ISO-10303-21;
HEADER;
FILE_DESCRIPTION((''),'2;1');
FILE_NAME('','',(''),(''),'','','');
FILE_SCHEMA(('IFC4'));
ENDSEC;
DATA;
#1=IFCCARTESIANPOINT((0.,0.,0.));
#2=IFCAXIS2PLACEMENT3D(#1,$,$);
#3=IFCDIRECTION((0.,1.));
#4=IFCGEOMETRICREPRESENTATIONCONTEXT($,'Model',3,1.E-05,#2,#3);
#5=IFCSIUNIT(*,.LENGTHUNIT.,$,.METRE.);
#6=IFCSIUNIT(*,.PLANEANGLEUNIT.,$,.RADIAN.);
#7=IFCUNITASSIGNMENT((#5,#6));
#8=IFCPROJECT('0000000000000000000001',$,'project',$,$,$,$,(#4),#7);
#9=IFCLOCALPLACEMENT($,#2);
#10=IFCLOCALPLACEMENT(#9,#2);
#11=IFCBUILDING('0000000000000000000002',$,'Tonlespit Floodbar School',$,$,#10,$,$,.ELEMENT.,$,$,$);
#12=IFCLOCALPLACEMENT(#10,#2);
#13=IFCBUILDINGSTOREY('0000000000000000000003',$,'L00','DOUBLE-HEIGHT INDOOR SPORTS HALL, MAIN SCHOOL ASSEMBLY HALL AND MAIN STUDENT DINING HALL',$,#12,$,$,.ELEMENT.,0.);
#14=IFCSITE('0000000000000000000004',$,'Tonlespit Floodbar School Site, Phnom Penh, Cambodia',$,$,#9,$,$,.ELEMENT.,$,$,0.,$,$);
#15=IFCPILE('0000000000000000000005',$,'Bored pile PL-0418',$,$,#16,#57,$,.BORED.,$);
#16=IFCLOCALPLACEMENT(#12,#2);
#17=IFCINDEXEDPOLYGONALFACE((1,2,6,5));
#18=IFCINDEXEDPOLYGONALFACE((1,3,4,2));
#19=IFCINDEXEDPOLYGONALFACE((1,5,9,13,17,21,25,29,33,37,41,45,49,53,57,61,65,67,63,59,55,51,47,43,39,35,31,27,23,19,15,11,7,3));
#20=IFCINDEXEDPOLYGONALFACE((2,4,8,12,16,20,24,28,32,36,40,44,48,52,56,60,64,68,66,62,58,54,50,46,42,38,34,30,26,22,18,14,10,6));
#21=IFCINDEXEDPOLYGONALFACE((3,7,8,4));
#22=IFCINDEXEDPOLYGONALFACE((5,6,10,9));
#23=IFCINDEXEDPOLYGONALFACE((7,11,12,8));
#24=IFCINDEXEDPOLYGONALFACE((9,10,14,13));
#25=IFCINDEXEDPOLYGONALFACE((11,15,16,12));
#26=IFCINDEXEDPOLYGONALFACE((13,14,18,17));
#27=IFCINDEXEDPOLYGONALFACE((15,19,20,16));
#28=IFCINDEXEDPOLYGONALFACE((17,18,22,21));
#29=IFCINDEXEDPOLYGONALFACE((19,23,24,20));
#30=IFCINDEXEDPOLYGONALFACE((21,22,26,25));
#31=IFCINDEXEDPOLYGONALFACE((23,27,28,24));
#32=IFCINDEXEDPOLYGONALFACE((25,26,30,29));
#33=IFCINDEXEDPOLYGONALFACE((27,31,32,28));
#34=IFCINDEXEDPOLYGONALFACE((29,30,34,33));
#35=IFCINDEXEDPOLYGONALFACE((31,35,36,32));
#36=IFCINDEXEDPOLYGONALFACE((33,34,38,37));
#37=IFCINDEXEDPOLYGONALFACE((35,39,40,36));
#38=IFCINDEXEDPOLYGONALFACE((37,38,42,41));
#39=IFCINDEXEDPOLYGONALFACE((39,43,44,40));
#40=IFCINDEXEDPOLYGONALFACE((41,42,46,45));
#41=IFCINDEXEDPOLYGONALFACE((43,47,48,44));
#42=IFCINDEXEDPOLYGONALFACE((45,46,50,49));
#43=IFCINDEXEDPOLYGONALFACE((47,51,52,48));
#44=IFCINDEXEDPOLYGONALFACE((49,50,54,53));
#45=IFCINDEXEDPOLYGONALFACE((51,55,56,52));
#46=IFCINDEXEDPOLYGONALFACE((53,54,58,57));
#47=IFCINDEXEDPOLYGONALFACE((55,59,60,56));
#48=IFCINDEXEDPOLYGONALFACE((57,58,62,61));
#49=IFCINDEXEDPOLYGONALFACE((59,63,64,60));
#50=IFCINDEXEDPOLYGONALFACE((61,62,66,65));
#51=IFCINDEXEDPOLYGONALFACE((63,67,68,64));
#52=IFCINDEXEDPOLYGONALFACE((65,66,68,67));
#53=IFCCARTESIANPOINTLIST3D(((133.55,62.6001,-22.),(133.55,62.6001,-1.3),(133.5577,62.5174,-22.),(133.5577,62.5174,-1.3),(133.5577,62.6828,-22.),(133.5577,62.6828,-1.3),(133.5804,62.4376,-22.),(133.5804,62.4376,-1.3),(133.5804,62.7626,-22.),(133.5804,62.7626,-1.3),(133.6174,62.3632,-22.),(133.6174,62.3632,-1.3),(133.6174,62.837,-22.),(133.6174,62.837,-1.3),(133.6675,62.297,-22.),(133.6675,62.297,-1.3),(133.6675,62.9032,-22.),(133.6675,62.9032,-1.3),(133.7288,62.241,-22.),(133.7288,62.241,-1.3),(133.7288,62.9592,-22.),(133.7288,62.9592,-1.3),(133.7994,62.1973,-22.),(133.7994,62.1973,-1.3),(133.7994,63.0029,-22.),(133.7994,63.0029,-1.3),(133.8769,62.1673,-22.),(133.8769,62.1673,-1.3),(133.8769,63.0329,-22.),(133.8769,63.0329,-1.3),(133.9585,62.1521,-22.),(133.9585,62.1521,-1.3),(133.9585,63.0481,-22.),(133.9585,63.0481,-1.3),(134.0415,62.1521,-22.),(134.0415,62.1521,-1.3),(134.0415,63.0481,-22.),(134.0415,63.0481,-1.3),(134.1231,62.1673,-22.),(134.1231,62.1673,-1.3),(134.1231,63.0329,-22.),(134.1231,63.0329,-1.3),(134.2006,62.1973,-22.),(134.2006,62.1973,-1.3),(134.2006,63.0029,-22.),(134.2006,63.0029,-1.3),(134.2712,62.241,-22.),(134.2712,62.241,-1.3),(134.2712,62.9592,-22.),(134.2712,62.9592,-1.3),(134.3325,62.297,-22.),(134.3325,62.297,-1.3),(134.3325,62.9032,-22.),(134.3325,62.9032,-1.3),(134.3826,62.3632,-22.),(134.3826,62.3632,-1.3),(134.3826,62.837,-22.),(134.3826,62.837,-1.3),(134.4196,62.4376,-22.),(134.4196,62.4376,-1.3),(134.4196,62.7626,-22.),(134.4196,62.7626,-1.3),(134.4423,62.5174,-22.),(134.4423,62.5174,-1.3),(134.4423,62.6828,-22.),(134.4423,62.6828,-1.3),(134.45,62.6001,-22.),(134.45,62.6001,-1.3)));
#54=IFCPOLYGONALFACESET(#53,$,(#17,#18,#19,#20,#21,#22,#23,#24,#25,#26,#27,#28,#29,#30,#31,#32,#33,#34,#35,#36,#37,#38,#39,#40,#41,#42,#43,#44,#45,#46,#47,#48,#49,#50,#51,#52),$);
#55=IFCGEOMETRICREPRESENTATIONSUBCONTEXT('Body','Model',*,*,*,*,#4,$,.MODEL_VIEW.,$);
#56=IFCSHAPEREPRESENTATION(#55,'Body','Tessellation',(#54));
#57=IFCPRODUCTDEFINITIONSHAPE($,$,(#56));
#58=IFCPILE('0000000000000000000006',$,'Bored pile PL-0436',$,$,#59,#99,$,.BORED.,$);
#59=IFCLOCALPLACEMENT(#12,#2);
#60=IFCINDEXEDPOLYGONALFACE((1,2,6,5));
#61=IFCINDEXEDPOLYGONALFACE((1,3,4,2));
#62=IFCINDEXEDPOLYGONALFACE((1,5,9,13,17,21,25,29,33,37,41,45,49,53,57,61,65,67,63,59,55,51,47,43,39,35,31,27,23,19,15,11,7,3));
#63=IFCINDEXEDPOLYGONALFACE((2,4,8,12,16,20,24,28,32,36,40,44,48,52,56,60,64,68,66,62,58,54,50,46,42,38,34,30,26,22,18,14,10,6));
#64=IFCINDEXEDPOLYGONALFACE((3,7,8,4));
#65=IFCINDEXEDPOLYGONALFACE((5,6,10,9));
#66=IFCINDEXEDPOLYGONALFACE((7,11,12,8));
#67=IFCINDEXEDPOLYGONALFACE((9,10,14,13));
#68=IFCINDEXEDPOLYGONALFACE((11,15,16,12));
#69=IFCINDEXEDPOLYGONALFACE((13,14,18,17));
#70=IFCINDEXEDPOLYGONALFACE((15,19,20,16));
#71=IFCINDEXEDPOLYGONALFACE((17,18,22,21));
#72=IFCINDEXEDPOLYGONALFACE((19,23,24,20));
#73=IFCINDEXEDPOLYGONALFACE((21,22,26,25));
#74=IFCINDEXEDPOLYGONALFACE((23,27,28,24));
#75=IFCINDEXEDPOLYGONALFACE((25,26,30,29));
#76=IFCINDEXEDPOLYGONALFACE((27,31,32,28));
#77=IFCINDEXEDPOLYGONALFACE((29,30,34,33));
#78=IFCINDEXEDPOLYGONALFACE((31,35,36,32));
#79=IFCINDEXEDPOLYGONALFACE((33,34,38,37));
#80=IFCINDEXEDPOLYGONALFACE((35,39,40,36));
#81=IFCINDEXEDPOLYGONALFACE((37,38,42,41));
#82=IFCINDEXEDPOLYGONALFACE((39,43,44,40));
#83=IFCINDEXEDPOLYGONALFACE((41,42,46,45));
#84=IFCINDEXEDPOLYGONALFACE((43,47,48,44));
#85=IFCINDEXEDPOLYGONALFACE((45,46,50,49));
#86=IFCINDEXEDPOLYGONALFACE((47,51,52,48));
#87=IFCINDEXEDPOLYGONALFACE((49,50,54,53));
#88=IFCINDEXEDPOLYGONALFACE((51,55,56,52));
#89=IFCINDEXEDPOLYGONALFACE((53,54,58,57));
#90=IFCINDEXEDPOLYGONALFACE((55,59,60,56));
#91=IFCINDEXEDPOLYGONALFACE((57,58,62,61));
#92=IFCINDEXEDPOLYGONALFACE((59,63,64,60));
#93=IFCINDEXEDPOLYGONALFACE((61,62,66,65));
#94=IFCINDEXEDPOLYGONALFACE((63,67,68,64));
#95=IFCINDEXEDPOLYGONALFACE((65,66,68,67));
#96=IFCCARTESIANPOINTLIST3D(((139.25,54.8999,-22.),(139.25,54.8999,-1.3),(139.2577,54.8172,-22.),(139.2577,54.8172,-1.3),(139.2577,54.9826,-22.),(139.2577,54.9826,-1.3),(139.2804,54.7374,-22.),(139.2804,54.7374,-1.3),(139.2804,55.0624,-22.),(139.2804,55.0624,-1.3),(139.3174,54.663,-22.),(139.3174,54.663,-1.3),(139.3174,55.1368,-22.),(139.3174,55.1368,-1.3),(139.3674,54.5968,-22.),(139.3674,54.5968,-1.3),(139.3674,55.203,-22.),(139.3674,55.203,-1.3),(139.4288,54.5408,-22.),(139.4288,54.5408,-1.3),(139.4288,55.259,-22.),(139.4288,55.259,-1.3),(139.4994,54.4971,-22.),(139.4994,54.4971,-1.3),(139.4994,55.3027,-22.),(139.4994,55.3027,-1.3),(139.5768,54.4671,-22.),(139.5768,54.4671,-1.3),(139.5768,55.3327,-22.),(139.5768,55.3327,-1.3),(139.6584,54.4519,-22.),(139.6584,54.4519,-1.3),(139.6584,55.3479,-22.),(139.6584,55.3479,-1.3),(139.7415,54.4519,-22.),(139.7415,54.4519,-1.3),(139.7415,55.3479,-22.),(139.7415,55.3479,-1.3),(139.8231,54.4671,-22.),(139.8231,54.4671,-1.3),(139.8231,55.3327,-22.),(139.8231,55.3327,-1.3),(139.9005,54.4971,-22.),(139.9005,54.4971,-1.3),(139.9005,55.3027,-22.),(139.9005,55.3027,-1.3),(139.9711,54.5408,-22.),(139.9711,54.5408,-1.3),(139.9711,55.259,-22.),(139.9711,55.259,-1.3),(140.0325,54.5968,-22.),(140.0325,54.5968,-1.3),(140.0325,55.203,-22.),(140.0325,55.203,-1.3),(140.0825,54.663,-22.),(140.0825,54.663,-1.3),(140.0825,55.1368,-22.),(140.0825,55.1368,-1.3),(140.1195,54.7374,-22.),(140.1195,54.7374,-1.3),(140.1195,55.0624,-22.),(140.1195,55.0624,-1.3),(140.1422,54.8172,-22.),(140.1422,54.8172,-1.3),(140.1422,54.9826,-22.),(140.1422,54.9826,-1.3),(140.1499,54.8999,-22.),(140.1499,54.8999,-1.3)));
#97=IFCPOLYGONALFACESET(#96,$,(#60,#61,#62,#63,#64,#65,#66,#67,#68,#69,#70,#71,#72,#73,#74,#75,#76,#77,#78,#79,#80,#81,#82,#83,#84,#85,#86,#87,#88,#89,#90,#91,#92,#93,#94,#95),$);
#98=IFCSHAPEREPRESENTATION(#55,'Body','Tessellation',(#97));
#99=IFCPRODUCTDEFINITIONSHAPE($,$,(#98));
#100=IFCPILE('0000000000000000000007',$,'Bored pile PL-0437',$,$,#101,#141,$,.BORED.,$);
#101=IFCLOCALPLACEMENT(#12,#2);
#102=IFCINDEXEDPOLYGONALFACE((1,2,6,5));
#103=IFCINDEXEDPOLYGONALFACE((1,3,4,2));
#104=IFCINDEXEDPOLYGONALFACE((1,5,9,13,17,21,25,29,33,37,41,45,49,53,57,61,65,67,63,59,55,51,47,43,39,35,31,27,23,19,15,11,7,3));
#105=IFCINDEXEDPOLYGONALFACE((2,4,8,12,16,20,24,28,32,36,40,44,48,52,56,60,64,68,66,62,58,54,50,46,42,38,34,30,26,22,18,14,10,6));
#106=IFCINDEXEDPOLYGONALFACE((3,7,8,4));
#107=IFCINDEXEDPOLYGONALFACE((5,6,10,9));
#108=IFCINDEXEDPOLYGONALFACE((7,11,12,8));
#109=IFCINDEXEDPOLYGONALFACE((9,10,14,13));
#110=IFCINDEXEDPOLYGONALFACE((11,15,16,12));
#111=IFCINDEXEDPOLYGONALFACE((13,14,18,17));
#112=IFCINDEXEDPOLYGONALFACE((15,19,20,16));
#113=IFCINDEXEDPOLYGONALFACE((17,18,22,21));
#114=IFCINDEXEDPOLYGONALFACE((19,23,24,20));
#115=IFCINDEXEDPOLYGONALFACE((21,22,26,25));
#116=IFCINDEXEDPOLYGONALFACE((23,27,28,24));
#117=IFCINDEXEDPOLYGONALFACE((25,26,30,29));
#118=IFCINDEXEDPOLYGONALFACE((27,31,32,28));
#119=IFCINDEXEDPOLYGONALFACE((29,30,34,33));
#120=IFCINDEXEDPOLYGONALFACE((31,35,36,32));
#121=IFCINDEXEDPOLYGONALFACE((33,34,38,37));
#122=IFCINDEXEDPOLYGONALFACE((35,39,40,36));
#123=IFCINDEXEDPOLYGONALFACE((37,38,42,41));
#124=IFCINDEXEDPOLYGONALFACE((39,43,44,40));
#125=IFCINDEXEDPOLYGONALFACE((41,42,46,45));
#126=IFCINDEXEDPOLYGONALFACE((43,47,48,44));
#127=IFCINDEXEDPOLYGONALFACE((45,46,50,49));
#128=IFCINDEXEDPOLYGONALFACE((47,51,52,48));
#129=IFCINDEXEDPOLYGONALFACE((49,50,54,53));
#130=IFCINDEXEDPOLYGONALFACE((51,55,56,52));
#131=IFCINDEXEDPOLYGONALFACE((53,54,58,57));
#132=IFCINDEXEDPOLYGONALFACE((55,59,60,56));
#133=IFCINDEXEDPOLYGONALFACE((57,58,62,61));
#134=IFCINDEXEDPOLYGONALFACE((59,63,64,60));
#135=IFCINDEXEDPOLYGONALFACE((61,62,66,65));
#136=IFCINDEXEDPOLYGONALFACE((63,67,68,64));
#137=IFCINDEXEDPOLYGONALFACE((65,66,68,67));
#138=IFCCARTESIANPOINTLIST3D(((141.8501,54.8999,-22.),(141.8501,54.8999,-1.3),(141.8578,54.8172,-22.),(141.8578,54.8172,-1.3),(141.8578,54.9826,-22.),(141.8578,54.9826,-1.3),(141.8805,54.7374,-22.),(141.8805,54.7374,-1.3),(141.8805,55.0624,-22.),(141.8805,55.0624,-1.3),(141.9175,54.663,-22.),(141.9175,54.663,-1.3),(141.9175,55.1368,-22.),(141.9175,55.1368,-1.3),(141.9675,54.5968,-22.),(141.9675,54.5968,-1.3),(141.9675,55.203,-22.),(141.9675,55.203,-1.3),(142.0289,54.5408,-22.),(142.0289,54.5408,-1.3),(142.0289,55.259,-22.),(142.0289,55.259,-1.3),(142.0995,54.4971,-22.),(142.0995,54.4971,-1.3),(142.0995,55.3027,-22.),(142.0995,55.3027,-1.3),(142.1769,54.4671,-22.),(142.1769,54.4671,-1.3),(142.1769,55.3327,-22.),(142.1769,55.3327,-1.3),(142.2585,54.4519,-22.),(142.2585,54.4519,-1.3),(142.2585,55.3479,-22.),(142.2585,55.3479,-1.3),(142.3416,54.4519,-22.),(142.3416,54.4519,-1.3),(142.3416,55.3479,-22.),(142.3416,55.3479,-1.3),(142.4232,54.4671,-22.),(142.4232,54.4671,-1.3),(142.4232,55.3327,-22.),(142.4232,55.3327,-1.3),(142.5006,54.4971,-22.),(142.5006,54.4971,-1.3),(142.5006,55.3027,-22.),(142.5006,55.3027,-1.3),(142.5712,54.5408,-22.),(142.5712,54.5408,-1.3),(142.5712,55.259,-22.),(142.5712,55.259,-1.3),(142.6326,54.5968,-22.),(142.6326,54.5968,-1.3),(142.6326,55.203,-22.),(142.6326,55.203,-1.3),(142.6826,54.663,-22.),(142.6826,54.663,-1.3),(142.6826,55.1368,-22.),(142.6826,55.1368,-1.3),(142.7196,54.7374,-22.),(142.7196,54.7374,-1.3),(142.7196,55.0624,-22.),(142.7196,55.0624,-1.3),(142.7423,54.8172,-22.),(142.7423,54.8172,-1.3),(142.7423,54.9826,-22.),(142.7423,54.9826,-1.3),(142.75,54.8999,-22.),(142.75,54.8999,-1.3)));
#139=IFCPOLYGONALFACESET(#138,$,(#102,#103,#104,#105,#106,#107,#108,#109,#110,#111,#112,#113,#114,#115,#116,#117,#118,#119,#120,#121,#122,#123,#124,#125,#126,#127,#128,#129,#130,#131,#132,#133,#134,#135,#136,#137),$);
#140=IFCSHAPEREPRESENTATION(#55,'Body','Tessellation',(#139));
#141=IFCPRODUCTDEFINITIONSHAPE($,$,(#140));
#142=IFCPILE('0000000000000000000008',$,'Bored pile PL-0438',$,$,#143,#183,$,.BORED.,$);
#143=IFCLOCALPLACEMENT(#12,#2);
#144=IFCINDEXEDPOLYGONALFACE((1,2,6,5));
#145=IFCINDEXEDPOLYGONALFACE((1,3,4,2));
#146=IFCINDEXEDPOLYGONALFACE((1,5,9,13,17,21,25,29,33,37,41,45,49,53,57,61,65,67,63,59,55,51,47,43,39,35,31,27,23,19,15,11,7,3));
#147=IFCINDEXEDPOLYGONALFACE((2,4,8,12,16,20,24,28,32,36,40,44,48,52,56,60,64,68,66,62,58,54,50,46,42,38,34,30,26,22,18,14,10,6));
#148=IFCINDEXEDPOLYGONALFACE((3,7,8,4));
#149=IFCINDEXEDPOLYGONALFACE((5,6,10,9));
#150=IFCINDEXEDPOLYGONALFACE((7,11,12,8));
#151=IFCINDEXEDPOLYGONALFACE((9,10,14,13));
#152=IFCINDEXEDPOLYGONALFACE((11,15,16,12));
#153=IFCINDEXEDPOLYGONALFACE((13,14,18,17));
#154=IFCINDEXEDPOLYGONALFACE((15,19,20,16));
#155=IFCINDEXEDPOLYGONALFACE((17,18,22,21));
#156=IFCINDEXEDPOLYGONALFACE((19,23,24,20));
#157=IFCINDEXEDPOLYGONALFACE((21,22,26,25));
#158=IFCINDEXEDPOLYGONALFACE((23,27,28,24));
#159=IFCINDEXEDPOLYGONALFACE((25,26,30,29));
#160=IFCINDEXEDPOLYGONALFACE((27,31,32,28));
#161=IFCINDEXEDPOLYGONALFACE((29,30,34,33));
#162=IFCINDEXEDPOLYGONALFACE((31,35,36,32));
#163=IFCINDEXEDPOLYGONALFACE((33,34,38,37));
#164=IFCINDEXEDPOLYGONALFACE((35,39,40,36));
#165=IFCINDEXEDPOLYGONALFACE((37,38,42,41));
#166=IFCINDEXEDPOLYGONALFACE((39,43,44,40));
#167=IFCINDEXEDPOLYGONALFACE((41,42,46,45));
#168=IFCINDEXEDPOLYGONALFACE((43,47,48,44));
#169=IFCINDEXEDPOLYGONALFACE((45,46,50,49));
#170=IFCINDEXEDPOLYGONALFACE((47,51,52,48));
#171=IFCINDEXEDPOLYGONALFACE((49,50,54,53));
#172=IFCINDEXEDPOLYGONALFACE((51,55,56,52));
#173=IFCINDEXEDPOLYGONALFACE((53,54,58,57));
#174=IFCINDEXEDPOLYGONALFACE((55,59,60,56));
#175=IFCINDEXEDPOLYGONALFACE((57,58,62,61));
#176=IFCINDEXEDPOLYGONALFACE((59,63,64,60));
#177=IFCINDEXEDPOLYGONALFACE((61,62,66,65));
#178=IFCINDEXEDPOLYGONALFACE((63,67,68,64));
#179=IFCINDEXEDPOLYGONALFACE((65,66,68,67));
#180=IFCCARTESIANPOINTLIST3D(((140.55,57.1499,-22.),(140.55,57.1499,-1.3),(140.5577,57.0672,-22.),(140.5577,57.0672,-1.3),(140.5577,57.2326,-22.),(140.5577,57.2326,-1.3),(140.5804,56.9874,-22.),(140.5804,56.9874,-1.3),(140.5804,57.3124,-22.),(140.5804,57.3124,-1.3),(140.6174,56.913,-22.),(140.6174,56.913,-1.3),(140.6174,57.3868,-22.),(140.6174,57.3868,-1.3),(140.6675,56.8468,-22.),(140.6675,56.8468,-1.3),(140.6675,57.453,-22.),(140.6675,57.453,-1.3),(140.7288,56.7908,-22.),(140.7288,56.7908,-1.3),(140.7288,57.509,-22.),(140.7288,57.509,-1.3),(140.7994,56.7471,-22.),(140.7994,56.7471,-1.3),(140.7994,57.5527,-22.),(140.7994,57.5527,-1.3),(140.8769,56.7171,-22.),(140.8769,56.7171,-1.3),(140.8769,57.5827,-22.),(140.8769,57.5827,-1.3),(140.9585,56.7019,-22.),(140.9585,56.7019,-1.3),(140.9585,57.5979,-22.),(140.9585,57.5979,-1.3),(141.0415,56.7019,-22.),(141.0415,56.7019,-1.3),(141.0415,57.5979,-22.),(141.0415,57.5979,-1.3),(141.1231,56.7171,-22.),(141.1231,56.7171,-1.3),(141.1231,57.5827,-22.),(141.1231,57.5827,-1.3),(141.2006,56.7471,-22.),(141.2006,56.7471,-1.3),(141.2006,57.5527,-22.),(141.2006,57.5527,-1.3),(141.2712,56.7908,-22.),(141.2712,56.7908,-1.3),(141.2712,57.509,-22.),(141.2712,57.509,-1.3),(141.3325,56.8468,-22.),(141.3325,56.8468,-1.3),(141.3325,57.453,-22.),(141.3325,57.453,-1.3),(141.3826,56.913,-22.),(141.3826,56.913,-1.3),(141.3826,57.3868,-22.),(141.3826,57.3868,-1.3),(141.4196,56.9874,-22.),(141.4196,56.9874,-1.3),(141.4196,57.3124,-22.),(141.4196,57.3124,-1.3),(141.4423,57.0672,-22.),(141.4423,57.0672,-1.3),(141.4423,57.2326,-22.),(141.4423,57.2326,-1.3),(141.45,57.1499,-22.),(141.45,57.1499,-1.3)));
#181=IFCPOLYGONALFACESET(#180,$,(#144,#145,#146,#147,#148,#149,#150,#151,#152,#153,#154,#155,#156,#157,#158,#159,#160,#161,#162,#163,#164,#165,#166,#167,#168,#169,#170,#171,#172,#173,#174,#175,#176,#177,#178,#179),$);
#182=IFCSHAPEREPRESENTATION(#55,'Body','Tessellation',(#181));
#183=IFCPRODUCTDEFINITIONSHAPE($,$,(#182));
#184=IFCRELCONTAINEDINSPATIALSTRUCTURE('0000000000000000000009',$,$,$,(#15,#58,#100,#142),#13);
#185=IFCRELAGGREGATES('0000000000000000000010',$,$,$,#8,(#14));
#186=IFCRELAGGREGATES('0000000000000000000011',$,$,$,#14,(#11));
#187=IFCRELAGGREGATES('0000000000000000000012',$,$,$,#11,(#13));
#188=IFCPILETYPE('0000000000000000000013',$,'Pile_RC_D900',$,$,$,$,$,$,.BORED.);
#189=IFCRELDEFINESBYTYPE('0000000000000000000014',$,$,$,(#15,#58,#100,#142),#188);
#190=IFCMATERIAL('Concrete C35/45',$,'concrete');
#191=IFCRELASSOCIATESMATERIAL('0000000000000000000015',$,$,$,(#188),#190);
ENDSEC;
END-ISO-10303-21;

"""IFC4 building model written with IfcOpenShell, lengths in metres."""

from ifc_helpers import new_model, si_unit, direction, frame, origin, origin_2d, place, context, subcontext, project, spatial, circle, extrude, material, material_profile, profile_set, type_object, element, save


model = new_model("IFC4")

# Units and contexts
model_context = context("Model", 3, precision=1e-05, world=origin(), true_north=direction((0.0, 1.0)))
body_context = subcontext(model_context, "Body", "Model", "MODEL_VIEW")
ifc_project = project(units=[si_unit("LENGTHUNIT", "METRE"), si_unit("PLANEANGLEUNIT", "RADIAN")], contexts=[model_context])

# Site, building, storey
site_placement = place(None, origin())
site = spatial("IfcSite", under=ifc_project, at=site_placement, Name="Tonlespit Floodbar School Site, Phnom Penh, Cambodia", CompositionType="ELEMENT", RefElevation=0.0)
building_placement = place(site_placement, origin())
building = spatial("IfcBuilding", under=site, at=building_placement, Name="Tonlespit Floodbar School", CompositionType="ELEMENT")
storey_placement = place(building_placement, origin())
storey = spatial("IfcBuildingStorey", under=building, at=storey_placement, Name="L00", Description="DOUBLE-HEIGHT INDOOR SPORTS HALL, MAIN SCHOOL ASSEMBLY HALL AND MAIN STUDENT DINING HALL", CompositionType="ELEMENT", Elevation=0.0)

# Piles
ifc_material_1 = material(Name="Concrete C35/45", Category="concrete")
ifc_material_profile_1 = material_profile(ifc_material_1, circle(Radius=0.45, at=origin_2d()), Name="BP D900")
ifc_profile_set_1 = profile_set([ifc_material_profile_1], Name="Concrete C35/45")
pile_type = type_object("IfcPileType", Name="Pile_RC_D900", PredefinedType="BORED", material=ifc_profile_set_1)
for number, where, z_axis, x_axis, name in (
    (1, (134.0, 62.6001, -1.3), (0.0, 0.0, -1.0), (1.0, 0.0, 0.0), "Bored pile PL-0418"),
    (2, (139.7, 54.8999, -1.3), (0.0, 0.0, -1.0), (1.0, 0.0, 0.0), "Bored pile PL-0436"),
    (3, (142.3, 54.8999, -1.3), (0.0, 0.0, -1.0), (1.0, 0.0, 0.0), "Bored pile PL-0437"),
    (4, (141.0, 57.1499, -1.3), (0.0, 0.0, -1.0), (1.0, 0.0, 0.0), "Bored pile PL-0438"),
):
    element("IfcPile", number, at=place(storey_placement, frame(where, z_axis=z_axis, x_axis=x_axis)), inside=storey, type_object=pile_type, Name=name, PredefinedType="BORED", context=body_context, shape_type="SweptSolid", body=[
        extrude(circle(Radius=0.45, at=origin_2d()), origin(), (0.0, 0.0, 1.0), 20.7),
    ])

save(model, "model.ifc")
